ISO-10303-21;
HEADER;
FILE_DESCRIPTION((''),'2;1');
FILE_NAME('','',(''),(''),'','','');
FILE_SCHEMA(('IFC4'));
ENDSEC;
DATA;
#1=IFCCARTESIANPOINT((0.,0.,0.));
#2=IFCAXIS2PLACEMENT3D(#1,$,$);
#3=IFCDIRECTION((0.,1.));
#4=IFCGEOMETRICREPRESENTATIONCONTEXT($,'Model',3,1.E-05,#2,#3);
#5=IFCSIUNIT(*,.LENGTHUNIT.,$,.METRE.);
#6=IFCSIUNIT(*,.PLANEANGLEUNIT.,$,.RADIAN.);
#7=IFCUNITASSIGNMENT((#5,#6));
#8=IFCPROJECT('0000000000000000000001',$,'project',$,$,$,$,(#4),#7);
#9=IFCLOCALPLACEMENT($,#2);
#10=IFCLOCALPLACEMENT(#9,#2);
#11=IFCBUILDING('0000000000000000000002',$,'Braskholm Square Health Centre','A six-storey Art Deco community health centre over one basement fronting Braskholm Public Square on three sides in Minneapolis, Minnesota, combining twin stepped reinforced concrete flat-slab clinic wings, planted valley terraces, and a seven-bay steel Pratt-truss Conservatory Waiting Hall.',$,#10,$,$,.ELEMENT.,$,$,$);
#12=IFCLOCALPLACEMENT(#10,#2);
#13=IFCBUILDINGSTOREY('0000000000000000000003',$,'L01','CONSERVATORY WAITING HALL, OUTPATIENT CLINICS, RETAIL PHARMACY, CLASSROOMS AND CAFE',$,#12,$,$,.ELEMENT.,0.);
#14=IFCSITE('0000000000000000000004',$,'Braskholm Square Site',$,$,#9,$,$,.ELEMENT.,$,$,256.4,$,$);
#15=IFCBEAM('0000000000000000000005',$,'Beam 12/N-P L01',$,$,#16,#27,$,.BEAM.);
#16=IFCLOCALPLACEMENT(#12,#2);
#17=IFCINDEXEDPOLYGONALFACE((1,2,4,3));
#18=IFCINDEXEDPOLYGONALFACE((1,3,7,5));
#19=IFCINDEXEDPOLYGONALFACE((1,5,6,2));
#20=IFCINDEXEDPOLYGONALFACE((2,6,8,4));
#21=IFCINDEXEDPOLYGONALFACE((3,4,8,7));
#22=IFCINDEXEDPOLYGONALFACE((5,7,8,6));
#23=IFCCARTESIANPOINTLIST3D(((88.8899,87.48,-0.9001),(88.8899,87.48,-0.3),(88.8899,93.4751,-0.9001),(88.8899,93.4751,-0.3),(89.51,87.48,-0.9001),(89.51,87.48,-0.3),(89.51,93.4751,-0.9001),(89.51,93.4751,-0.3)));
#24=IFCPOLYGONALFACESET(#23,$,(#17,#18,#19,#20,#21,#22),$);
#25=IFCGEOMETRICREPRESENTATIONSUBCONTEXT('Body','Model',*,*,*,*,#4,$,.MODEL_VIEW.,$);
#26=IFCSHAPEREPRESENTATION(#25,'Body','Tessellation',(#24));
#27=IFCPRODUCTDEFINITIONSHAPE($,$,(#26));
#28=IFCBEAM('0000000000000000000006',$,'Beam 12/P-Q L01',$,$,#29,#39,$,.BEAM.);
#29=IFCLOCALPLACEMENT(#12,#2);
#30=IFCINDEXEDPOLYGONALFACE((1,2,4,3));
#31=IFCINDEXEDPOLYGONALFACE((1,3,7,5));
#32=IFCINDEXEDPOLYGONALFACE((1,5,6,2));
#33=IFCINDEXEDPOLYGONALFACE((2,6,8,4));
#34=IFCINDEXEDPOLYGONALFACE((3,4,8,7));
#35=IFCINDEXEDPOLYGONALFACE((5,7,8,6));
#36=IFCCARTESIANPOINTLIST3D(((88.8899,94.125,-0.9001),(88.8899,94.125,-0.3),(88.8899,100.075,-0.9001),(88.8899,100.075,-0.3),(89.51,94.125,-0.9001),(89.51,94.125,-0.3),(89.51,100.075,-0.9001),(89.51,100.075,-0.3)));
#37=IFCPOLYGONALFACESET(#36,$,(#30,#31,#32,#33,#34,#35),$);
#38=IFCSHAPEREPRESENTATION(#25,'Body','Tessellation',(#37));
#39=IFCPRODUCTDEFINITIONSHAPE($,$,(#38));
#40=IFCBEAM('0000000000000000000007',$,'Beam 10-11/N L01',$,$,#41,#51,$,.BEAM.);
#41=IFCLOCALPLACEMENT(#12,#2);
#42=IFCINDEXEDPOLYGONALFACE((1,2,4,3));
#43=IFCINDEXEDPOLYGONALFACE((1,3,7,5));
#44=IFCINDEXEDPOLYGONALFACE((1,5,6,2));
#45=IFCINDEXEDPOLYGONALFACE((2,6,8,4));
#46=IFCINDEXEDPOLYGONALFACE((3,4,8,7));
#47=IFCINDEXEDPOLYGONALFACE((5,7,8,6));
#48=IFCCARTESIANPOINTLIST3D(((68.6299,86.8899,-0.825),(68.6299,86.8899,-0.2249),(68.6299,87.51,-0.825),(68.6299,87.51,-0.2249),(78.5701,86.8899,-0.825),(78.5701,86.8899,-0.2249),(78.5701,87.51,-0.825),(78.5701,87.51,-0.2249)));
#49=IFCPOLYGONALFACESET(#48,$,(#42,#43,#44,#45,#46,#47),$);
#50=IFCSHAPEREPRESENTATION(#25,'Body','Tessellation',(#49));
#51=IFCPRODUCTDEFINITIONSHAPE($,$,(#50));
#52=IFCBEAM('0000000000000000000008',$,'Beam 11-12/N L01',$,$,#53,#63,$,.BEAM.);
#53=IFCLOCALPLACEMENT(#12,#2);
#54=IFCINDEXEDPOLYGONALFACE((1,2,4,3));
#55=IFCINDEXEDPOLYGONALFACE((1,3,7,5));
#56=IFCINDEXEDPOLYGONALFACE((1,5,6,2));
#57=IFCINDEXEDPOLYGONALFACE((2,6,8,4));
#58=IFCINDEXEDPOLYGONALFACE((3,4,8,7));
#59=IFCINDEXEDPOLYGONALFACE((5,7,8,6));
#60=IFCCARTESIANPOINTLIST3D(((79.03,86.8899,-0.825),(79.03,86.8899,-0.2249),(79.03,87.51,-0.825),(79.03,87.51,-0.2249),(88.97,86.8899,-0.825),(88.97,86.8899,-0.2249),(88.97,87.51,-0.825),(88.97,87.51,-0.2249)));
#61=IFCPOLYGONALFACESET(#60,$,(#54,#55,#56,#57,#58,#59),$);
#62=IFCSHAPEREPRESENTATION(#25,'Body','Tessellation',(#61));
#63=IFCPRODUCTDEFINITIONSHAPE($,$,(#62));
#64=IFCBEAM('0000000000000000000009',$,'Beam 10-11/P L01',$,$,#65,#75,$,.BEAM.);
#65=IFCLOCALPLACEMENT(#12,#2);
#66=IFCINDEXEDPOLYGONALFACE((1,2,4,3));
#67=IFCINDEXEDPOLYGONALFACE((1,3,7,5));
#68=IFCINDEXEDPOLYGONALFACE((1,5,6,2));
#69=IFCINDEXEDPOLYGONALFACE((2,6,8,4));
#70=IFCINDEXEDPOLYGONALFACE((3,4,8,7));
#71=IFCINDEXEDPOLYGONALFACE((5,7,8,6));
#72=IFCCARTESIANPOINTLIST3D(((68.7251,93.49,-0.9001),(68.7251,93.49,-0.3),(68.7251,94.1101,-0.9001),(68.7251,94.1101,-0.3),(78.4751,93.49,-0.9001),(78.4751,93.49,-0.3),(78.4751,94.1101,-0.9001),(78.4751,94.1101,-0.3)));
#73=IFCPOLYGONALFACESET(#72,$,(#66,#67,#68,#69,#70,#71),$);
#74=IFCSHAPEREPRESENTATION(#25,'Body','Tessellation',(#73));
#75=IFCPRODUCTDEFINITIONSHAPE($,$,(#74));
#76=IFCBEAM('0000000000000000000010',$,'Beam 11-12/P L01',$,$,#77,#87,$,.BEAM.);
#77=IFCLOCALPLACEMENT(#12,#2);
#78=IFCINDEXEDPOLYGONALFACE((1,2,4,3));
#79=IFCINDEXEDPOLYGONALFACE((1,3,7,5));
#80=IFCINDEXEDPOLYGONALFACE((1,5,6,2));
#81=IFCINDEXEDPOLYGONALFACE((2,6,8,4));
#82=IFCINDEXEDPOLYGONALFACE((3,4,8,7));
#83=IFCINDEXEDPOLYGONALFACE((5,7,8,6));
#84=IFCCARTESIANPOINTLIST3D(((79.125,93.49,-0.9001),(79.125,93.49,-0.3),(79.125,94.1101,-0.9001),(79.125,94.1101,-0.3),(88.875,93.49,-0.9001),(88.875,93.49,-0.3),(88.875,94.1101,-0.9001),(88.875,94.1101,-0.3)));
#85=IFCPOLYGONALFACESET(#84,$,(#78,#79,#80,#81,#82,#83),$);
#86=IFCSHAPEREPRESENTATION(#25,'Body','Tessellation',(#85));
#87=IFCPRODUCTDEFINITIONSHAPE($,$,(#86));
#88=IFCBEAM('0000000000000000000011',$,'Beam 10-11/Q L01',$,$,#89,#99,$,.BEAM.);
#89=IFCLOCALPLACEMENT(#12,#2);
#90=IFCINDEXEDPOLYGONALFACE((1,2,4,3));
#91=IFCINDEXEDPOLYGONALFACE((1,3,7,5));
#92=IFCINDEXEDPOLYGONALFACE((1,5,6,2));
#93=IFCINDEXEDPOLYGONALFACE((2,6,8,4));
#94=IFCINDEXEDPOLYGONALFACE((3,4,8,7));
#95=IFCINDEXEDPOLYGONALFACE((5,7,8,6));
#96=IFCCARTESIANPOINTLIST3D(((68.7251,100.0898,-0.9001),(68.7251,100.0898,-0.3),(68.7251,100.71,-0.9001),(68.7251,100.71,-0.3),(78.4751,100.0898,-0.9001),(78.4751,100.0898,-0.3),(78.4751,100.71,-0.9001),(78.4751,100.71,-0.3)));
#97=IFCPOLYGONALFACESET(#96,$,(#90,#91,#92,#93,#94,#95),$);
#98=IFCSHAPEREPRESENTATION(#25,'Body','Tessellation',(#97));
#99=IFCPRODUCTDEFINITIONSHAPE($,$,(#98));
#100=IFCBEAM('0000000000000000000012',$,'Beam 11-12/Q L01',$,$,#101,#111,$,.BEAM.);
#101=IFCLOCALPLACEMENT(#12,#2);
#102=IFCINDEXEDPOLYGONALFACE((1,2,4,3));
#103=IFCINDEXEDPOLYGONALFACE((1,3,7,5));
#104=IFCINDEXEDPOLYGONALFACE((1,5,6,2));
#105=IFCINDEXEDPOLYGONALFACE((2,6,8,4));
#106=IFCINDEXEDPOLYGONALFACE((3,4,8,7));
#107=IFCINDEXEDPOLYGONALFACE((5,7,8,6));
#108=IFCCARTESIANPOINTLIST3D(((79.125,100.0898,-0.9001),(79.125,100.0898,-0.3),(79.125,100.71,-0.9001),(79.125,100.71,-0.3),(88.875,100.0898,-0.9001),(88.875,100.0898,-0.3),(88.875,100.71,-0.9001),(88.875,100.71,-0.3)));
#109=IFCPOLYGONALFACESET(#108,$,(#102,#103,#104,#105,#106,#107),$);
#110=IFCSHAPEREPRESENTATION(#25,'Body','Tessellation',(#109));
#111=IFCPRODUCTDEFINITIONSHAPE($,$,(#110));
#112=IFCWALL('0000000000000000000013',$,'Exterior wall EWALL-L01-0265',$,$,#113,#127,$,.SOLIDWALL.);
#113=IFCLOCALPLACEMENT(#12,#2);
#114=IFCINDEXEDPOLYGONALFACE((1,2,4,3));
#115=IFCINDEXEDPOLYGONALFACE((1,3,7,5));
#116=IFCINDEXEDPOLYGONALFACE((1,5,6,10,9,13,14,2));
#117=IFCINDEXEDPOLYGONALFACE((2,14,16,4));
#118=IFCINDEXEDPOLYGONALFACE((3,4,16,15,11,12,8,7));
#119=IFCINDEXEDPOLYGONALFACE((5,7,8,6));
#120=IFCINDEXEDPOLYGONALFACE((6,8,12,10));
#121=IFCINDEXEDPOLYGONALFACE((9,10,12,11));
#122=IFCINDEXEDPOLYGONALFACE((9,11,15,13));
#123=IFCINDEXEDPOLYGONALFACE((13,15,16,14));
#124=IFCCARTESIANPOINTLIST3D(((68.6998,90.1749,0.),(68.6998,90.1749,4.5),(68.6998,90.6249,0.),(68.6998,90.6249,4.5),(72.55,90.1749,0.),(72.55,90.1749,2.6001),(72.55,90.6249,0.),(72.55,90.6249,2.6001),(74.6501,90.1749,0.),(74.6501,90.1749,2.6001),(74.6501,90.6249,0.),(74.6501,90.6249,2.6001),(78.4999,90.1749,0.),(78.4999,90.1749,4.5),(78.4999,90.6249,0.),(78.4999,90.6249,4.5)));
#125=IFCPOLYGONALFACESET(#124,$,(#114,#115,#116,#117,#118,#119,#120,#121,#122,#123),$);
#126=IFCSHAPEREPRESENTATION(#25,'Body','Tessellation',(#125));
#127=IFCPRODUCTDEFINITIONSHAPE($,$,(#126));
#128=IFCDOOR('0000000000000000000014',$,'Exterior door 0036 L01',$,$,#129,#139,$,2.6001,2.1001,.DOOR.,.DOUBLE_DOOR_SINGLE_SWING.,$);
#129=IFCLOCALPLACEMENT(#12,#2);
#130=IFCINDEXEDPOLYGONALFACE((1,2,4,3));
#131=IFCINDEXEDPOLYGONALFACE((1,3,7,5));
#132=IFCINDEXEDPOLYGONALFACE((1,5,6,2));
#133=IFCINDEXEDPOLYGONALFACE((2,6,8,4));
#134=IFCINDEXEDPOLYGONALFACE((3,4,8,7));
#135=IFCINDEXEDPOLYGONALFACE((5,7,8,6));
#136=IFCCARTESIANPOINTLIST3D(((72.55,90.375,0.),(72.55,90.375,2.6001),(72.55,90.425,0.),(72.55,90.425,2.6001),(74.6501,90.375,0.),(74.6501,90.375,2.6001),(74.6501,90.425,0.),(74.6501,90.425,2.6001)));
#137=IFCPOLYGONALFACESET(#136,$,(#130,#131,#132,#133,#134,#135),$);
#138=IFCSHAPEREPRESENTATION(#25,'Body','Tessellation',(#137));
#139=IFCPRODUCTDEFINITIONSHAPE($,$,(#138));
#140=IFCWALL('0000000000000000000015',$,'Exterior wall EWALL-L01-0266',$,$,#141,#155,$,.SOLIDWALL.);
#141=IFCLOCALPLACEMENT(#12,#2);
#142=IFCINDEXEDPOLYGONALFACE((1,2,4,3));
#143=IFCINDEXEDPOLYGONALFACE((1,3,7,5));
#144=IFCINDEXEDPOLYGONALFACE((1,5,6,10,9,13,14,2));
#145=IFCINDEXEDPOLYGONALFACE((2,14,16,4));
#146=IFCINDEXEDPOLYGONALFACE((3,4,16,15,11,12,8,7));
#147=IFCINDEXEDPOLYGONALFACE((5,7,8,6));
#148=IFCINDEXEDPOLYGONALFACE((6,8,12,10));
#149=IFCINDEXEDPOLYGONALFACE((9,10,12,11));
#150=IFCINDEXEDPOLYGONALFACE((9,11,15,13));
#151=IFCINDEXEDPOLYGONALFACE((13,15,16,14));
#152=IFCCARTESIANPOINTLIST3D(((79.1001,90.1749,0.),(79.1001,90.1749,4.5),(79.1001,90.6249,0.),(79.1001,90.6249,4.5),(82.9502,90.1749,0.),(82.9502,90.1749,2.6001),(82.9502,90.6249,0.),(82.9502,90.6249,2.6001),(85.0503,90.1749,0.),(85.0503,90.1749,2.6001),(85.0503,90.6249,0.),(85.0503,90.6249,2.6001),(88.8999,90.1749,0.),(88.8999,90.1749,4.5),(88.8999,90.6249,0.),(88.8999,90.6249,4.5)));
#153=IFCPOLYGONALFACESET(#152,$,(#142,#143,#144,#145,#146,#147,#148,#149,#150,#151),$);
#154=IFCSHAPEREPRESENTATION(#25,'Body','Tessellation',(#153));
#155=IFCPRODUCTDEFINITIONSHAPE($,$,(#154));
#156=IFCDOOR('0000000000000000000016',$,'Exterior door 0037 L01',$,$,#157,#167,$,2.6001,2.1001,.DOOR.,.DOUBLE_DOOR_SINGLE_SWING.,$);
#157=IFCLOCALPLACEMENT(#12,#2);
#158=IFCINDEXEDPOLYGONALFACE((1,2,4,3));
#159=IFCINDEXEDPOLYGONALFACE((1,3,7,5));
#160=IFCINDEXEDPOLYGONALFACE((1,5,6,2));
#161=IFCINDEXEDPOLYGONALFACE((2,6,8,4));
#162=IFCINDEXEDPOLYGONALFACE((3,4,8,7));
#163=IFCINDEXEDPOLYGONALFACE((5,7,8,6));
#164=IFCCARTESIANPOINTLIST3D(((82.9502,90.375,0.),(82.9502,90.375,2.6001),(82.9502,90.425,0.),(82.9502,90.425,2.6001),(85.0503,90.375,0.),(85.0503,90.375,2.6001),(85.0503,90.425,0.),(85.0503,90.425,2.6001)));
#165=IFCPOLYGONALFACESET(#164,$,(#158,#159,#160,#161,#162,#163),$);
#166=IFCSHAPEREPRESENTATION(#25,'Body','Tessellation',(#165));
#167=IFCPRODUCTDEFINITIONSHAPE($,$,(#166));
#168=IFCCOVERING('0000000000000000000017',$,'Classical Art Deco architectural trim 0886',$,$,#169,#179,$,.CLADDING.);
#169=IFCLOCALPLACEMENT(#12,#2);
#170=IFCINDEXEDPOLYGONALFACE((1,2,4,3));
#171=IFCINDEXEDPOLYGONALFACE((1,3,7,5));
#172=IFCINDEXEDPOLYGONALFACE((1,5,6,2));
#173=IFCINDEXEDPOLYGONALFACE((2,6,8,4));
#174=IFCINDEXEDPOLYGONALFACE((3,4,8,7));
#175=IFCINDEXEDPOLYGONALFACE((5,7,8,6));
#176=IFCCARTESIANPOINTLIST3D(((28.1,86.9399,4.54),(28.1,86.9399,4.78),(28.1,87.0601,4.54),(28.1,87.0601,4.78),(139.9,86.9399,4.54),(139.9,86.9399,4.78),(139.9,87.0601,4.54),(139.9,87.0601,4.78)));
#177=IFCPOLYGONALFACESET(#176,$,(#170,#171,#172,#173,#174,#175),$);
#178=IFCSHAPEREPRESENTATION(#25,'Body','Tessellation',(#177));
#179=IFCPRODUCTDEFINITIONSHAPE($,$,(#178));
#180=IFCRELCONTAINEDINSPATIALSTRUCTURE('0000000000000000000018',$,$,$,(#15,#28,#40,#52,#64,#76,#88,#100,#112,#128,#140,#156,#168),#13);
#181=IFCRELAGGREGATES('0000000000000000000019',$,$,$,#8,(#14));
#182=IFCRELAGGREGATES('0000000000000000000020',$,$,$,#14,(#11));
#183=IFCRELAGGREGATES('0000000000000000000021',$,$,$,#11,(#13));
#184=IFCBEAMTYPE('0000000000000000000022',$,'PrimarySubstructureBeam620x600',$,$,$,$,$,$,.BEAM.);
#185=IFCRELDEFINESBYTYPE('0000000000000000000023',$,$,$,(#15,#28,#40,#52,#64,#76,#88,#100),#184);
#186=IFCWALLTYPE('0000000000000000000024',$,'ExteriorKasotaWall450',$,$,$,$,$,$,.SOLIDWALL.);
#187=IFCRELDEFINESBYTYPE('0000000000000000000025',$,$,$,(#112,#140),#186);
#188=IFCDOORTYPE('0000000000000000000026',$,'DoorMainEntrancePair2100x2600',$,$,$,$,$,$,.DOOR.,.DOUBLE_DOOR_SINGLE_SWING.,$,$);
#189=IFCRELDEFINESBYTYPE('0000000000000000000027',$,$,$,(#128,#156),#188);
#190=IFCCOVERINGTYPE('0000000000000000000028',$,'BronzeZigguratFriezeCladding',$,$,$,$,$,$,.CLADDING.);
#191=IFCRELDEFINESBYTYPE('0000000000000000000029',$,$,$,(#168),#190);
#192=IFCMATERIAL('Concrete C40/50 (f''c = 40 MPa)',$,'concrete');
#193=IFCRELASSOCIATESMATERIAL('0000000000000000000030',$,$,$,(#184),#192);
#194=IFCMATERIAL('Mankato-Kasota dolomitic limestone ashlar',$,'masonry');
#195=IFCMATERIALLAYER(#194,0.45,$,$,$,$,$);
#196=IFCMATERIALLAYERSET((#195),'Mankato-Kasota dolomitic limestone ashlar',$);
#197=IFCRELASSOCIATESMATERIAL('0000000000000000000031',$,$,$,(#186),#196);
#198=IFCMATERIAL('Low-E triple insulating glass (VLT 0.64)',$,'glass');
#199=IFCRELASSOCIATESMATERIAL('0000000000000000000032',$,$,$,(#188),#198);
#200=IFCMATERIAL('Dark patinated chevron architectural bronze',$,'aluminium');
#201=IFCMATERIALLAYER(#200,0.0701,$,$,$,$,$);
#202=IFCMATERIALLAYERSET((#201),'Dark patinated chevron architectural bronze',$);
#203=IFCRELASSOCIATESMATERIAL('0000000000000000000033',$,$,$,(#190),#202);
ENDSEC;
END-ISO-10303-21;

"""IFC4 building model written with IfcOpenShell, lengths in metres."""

from ifc_helpers import new_model, si_unit, direction, frame, frame_2d, origin, origin_2d, place, context, subcontext, project, spatial, rectangle, extrude, material, layer, layer_set, material_profile, profile_set, type_object, element, fill, save


model = new_model("IFC4")

# Units and contexts
model_context = context("Model", 3, precision=1e-05, world=origin(), true_north=direction((0.0, 1.0)))
body_context = subcontext(model_context, "Body", "Model", "MODEL_VIEW")
ifc_project = project(units=[si_unit("LENGTHUNIT", "METRE"), si_unit("PLANEANGLEUNIT", "RADIAN")], contexts=[model_context])

# Site, building, storey
site_placement = place(None, origin())
site = spatial("IfcSite", under=ifc_project, at=site_placement, Name="Braskholm Square Site", CompositionType="ELEMENT", RefElevation=256.4)
building_placement = place(site_placement, origin())
building = spatial("IfcBuilding", under=site, at=building_placement, Name="Braskholm Square Health Centre", Description="A six-storey Art Deco community health centre over one basement fronting Braskholm Public Square on three sides in Minneapolis, Minnesota, combining twin stepped reinforced concrete flat-slab clinic wings, planted valley terraces, and a seven-bay steel Pratt-truss Conservatory Waiting Hall.", CompositionType="ELEMENT")
storey_placement = place(building_placement, origin())
storey = spatial("IfcBuildingStorey", under=building, at=storey_placement, Name="L01", Description="CONSERVATORY WAITING HALL, OUTPATIENT CLINICS, RETAIL PHARMACY, CLASSROOMS AND CAFE", CompositionType="ELEMENT", Elevation=0.0)

# Shared definitions
ifc_material_1 = material(Name="Concrete C40/50 (f'c = 40 MPa)", Category="concrete")

# Beams
ifc_material_profile_1 = material_profile(ifc_material_1, rectangle(XDim=0.6201, YDim=0.6001, at=origin_2d()), Name="RCB-620X600")
ifc_profile_set_1 = profile_set([ifc_material_profile_1], Name="Concrete C40/50 (f'c = 40 MPa)")
beam_type_1 = type_object("IfcBeamType", Name="PrimarySubstructureBeam620x600", PredefinedType="BEAM", material=ifc_profile_set_1)
beam_1_placement = place(storey_placement, frame((89.2, 87.48, -0.6001), z_axis=(0.0, 1.0, 0.0), x_axis=(-1.0, 0.0, 0.0)))
element("IfcBeam", 1, at=beam_1_placement, inside=storey, type_object=beam_type_1, Name="Beam 12/N-P L01", PredefinedType="BEAM", context=body_context, shape_type="SweptSolid", body=[
    extrude(rectangle(XDim=0.6201, YDim=0.6001, at=origin_2d()), origin(), (0.0, 0.0, 1.0), 5.9951),
])
beam_2_placement = place(storey_placement, frame((89.2, 94.125, -0.6001), z_axis=(0.0, 1.0, 0.0), x_axis=(-1.0, 0.0, 0.0)))
element("IfcBeam", 2, at=beam_2_placement, inside=storey, type_object=beam_type_1, Name="Beam 12/P-Q L01", PredefinedType="BEAM", context=body_context, shape_type="SweptSolid", body=[
    extrude(rectangle(XDim=0.6201, YDim=0.6001, at=origin_2d()), origin(), (0.0, 0.0, 1.0), 5.95),
])
beam_3_placement = place(storey_placement, frame((68.6299, 87.2, -0.5249), z_axis=(1.0, 0.0, 0.0), x_axis=(0.0, 1.0, 0.0)))
element("IfcBeam", 3, at=beam_3_placement, inside=storey, type_object=beam_type_1, Name="Beam 10-11/N L01", PredefinedType="BEAM", context=body_context, shape_type="SweptSolid", body=[
    extrude(rectangle(XDim=0.6201, YDim=0.6001, at=origin_2d()), origin(), (0.0, 0.0, 1.0), 9.9402),
])
beam_4_placement = place(storey_placement, frame((79.03, 87.2, -0.5249), z_axis=(1.0, 0.0, 0.0), x_axis=(0.0, 1.0, 0.0)))
element("IfcBeam", 4, at=beam_4_placement, inside=storey, type_object=beam_type_1, Name="Beam 11-12/N L01", PredefinedType="BEAM", context=body_context, shape_type="SweptSolid", body=[
    extrude(rectangle(XDim=0.6201, YDim=0.6001, at=origin_2d()), origin(), (0.0, 0.0, 1.0), 9.9399),
])
for number, where, z_axis, x_axis, name in (
    (5, (68.7251, 93.8, -0.6001), (1.0, 0.0, 0.0), (0.0, 1.0, 0.0), "Beam 10-11/P L01"),
    (6, (79.125, 93.8, -0.6001), (1.0, 0.0, 0.0), (0.0, 1.0, 0.0), "Beam 11-12/P L01"),
    (7, (68.7251, 100.3999, -0.6001), (1.0, 0.0, 0.0), (0.0, 1.0, 0.0), "Beam 10-11/Q L01"),
    (8, (79.125, 100.3999, -0.6001), (1.0, 0.0, 0.0), (0.0, 1.0, 0.0), "Beam 11-12/Q L01"),
):
    element("IfcBeam", number, at=place(storey_placement, frame(where, z_axis=z_axis, x_axis=x_axis)), inside=storey, type_object=beam_type_1, Name=name, PredefinedType="BEAM", context=body_context, shape_type="SweptSolid", body=[
        extrude(rectangle(XDim=0.6201, YDim=0.6001, at=origin_2d()), origin(), (0.0, 0.0, 1.0), 9.75),
    ])

# Walls, openings, doors
ifc_material_2 = material(Name="Mankato-Kasota dolomitic limestone ashlar", Category="masonry")
ifc_layer_1 = layer(ifc_material_2, 0.45)
ifc_layer_set_1 = layer_set([ifc_layer_1], Name="Mankato-Kasota dolomitic limestone ashlar")
wall_type = type_object("IfcWallType", Name="ExteriorKasotaWall450", PredefinedType="SOLIDWALL", material=ifc_layer_set_1)
wall_1_placement = place(storey_placement, frame((68.7, 90.3999, 0.0), z_axis=(0.0, 0.0, 1.0), x_axis=(1.0, 0.0, 0.0)))
wall_1 = element("IfcWall", 9, at=wall_1_placement, inside=storey, type_object=wall_type, Name="Exterior wall EWALL-L01-0265", PredefinedType="SOLIDWALL", context=body_context, shape_type="SweptSolid", body=[
    extrude(rectangle(XDim=9.8, YDim=0.45, at=frame_2d((4.8999, 0.0))), origin(), (0.0, 0.0, 1.0), 4.5),
])
opening_1_placement = place(wall_1_placement, frame((3.8501, 0.0, 0.0)))
opening_1 = element("IfcOpeningElement", 10, at=opening_1_placement, cuts=wall_1, PredefinedType="OPENING", context=body_context, shape_type="SweptSolid", body=[
    extrude(rectangle(XDim=2.1001, YDim=2.6001, at=frame_2d((1.05, 1.3))), frame((0.0, 0.2349, 0.0), z_axis=(0.0, -1.0, 0.0), x_axis=(1.0, 0.0, 0.0)), (0.0, 0.0, 1.0), 0.47),
])
ifc_material_3 = material(Name="Low-E triple insulating glass (VLT 0.64)", Category="glass")
door_type = type_object("IfcDoorType", Name="DoorMainEntrancePair2100x2600", OperationType="DOUBLE_DOOR_SINGLE_SWING", PredefinedType="DOOR", material=ifc_material_3)
door_1_placement = place(opening_1_placement, frame((2.1001, 0.0, 0.0), z_axis=(0.0, 0.0, 1.0), x_axis=(-1.0, 0.0, 0.0)))
door_1 = element("IfcDoor", 11, at=door_1_placement, inside=storey, type_object=door_type, Name="Exterior door 0036 L01", OperationType="DOUBLE_DOOR_SINGLE_SWING", OverallHeight=2.6001, OverallWidth=2.1001, PredefinedType="DOOR", context=body_context, shape_type="SweptSolid", body=[
    extrude(rectangle(XDim=2.1001, YDim=2.6001, at=frame_2d((1.05, 1.3))), frame((0.0, 0.0249, 0.0), z_axis=(0.0, -1.0, 0.0), x_axis=(1.0, 0.0, 0.0)), (0.0, 0.0, 1.0), 0.05),
])
fill(opening_1, door_1)
wall_2_placement = place(storey_placement, frame((79.1001, 90.3999, 0.0), z_axis=(0.0, 0.0, 1.0), x_axis=(1.0, 0.0, 0.0)))
wall_2 = element("IfcWall", 12, at=wall_2_placement, inside=storey, type_object=wall_type, Name="Exterior wall EWALL-L01-0266", PredefinedType="SOLIDWALL", context=body_context, shape_type="SweptSolid", body=[
    extrude(rectangle(XDim=9.7998, YDim=0.45, at=frame_2d((4.8999, 0.0))), origin(), (0.0, 0.0, 1.0), 4.5),
])
opening_2_placement = place(wall_2_placement, frame((3.8501, 0.0, 0.0)))
opening_2 = element("IfcOpeningElement", 13, at=opening_2_placement, cuts=wall_2, PredefinedType="OPENING", context=body_context, shape_type="SweptSolid", body=[
    extrude(rectangle(XDim=2.1001, YDim=2.6001, at=frame_2d((1.05, 1.3))), frame((0.0, 0.2349, 0.0), z_axis=(0.0, -1.0, 0.0), x_axis=(1.0, 0.0, 0.0)), (0.0, 0.0, 1.0), 0.47),
])
door_2_placement = place(opening_2_placement, frame((2.1001, 0.0, 0.0), z_axis=(0.0, 0.0, 1.0), x_axis=(-1.0, 0.0, 0.0)))
door_2 = element("IfcDoor", 14, at=door_2_placement, inside=storey, type_object=door_type, Name="Exterior door 0037 L01", OperationType="DOUBLE_DOOR_SINGLE_SWING", OverallHeight=2.6001, OverallWidth=2.1001, PredefinedType="DOOR", context=body_context, shape_type="SweptSolid", body=[
    extrude(rectangle(XDim=2.1001, YDim=2.6001, at=frame_2d((1.05, 1.3))), frame((0.0, 0.0249, 0.0), z_axis=(0.0, -1.0, 0.0), x_axis=(1.0, 0.0, 0.0)), (0.0, 0.0, 1.0), 0.05),
])
fill(opening_2, door_2)

# Covering
ifc_material_4 = material(Name="Dark patinated chevron architectural bronze", Category="aluminium")
ifc_layer_2 = layer(ifc_material_4, 0.0701)
ifc_layer_set_2 = layer_set([ifc_layer_2], Name="Dark patinated chevron architectural bronze")
covering_type_1 = type_object("IfcCoveringType", Name="BronzeZigguratFriezeCladding", PredefinedType="CLADDING", material=ifc_layer_set_2)
covering_1_placement = place(storey_placement, frame((84.0, 87.0, 4.54), z_axis=(0.0, 0.0, 1.0), x_axis=(1.0, 0.0, 0.0)))
element("IfcCovering", 15, at=covering_1_placement, inside=storey, type_object=covering_type_1, Name="Classical Art Deco architectural trim 0886", PredefinedType="CLADDING", context=body_context, shape_type="SweptSolid", body=[
    extrude(rectangle(XDim=111.8, YDim=0.1201, at=origin_2d()), origin(), (0.0, 0.0, 1.0), 0.24),
])

save(model, "model.ifc")
